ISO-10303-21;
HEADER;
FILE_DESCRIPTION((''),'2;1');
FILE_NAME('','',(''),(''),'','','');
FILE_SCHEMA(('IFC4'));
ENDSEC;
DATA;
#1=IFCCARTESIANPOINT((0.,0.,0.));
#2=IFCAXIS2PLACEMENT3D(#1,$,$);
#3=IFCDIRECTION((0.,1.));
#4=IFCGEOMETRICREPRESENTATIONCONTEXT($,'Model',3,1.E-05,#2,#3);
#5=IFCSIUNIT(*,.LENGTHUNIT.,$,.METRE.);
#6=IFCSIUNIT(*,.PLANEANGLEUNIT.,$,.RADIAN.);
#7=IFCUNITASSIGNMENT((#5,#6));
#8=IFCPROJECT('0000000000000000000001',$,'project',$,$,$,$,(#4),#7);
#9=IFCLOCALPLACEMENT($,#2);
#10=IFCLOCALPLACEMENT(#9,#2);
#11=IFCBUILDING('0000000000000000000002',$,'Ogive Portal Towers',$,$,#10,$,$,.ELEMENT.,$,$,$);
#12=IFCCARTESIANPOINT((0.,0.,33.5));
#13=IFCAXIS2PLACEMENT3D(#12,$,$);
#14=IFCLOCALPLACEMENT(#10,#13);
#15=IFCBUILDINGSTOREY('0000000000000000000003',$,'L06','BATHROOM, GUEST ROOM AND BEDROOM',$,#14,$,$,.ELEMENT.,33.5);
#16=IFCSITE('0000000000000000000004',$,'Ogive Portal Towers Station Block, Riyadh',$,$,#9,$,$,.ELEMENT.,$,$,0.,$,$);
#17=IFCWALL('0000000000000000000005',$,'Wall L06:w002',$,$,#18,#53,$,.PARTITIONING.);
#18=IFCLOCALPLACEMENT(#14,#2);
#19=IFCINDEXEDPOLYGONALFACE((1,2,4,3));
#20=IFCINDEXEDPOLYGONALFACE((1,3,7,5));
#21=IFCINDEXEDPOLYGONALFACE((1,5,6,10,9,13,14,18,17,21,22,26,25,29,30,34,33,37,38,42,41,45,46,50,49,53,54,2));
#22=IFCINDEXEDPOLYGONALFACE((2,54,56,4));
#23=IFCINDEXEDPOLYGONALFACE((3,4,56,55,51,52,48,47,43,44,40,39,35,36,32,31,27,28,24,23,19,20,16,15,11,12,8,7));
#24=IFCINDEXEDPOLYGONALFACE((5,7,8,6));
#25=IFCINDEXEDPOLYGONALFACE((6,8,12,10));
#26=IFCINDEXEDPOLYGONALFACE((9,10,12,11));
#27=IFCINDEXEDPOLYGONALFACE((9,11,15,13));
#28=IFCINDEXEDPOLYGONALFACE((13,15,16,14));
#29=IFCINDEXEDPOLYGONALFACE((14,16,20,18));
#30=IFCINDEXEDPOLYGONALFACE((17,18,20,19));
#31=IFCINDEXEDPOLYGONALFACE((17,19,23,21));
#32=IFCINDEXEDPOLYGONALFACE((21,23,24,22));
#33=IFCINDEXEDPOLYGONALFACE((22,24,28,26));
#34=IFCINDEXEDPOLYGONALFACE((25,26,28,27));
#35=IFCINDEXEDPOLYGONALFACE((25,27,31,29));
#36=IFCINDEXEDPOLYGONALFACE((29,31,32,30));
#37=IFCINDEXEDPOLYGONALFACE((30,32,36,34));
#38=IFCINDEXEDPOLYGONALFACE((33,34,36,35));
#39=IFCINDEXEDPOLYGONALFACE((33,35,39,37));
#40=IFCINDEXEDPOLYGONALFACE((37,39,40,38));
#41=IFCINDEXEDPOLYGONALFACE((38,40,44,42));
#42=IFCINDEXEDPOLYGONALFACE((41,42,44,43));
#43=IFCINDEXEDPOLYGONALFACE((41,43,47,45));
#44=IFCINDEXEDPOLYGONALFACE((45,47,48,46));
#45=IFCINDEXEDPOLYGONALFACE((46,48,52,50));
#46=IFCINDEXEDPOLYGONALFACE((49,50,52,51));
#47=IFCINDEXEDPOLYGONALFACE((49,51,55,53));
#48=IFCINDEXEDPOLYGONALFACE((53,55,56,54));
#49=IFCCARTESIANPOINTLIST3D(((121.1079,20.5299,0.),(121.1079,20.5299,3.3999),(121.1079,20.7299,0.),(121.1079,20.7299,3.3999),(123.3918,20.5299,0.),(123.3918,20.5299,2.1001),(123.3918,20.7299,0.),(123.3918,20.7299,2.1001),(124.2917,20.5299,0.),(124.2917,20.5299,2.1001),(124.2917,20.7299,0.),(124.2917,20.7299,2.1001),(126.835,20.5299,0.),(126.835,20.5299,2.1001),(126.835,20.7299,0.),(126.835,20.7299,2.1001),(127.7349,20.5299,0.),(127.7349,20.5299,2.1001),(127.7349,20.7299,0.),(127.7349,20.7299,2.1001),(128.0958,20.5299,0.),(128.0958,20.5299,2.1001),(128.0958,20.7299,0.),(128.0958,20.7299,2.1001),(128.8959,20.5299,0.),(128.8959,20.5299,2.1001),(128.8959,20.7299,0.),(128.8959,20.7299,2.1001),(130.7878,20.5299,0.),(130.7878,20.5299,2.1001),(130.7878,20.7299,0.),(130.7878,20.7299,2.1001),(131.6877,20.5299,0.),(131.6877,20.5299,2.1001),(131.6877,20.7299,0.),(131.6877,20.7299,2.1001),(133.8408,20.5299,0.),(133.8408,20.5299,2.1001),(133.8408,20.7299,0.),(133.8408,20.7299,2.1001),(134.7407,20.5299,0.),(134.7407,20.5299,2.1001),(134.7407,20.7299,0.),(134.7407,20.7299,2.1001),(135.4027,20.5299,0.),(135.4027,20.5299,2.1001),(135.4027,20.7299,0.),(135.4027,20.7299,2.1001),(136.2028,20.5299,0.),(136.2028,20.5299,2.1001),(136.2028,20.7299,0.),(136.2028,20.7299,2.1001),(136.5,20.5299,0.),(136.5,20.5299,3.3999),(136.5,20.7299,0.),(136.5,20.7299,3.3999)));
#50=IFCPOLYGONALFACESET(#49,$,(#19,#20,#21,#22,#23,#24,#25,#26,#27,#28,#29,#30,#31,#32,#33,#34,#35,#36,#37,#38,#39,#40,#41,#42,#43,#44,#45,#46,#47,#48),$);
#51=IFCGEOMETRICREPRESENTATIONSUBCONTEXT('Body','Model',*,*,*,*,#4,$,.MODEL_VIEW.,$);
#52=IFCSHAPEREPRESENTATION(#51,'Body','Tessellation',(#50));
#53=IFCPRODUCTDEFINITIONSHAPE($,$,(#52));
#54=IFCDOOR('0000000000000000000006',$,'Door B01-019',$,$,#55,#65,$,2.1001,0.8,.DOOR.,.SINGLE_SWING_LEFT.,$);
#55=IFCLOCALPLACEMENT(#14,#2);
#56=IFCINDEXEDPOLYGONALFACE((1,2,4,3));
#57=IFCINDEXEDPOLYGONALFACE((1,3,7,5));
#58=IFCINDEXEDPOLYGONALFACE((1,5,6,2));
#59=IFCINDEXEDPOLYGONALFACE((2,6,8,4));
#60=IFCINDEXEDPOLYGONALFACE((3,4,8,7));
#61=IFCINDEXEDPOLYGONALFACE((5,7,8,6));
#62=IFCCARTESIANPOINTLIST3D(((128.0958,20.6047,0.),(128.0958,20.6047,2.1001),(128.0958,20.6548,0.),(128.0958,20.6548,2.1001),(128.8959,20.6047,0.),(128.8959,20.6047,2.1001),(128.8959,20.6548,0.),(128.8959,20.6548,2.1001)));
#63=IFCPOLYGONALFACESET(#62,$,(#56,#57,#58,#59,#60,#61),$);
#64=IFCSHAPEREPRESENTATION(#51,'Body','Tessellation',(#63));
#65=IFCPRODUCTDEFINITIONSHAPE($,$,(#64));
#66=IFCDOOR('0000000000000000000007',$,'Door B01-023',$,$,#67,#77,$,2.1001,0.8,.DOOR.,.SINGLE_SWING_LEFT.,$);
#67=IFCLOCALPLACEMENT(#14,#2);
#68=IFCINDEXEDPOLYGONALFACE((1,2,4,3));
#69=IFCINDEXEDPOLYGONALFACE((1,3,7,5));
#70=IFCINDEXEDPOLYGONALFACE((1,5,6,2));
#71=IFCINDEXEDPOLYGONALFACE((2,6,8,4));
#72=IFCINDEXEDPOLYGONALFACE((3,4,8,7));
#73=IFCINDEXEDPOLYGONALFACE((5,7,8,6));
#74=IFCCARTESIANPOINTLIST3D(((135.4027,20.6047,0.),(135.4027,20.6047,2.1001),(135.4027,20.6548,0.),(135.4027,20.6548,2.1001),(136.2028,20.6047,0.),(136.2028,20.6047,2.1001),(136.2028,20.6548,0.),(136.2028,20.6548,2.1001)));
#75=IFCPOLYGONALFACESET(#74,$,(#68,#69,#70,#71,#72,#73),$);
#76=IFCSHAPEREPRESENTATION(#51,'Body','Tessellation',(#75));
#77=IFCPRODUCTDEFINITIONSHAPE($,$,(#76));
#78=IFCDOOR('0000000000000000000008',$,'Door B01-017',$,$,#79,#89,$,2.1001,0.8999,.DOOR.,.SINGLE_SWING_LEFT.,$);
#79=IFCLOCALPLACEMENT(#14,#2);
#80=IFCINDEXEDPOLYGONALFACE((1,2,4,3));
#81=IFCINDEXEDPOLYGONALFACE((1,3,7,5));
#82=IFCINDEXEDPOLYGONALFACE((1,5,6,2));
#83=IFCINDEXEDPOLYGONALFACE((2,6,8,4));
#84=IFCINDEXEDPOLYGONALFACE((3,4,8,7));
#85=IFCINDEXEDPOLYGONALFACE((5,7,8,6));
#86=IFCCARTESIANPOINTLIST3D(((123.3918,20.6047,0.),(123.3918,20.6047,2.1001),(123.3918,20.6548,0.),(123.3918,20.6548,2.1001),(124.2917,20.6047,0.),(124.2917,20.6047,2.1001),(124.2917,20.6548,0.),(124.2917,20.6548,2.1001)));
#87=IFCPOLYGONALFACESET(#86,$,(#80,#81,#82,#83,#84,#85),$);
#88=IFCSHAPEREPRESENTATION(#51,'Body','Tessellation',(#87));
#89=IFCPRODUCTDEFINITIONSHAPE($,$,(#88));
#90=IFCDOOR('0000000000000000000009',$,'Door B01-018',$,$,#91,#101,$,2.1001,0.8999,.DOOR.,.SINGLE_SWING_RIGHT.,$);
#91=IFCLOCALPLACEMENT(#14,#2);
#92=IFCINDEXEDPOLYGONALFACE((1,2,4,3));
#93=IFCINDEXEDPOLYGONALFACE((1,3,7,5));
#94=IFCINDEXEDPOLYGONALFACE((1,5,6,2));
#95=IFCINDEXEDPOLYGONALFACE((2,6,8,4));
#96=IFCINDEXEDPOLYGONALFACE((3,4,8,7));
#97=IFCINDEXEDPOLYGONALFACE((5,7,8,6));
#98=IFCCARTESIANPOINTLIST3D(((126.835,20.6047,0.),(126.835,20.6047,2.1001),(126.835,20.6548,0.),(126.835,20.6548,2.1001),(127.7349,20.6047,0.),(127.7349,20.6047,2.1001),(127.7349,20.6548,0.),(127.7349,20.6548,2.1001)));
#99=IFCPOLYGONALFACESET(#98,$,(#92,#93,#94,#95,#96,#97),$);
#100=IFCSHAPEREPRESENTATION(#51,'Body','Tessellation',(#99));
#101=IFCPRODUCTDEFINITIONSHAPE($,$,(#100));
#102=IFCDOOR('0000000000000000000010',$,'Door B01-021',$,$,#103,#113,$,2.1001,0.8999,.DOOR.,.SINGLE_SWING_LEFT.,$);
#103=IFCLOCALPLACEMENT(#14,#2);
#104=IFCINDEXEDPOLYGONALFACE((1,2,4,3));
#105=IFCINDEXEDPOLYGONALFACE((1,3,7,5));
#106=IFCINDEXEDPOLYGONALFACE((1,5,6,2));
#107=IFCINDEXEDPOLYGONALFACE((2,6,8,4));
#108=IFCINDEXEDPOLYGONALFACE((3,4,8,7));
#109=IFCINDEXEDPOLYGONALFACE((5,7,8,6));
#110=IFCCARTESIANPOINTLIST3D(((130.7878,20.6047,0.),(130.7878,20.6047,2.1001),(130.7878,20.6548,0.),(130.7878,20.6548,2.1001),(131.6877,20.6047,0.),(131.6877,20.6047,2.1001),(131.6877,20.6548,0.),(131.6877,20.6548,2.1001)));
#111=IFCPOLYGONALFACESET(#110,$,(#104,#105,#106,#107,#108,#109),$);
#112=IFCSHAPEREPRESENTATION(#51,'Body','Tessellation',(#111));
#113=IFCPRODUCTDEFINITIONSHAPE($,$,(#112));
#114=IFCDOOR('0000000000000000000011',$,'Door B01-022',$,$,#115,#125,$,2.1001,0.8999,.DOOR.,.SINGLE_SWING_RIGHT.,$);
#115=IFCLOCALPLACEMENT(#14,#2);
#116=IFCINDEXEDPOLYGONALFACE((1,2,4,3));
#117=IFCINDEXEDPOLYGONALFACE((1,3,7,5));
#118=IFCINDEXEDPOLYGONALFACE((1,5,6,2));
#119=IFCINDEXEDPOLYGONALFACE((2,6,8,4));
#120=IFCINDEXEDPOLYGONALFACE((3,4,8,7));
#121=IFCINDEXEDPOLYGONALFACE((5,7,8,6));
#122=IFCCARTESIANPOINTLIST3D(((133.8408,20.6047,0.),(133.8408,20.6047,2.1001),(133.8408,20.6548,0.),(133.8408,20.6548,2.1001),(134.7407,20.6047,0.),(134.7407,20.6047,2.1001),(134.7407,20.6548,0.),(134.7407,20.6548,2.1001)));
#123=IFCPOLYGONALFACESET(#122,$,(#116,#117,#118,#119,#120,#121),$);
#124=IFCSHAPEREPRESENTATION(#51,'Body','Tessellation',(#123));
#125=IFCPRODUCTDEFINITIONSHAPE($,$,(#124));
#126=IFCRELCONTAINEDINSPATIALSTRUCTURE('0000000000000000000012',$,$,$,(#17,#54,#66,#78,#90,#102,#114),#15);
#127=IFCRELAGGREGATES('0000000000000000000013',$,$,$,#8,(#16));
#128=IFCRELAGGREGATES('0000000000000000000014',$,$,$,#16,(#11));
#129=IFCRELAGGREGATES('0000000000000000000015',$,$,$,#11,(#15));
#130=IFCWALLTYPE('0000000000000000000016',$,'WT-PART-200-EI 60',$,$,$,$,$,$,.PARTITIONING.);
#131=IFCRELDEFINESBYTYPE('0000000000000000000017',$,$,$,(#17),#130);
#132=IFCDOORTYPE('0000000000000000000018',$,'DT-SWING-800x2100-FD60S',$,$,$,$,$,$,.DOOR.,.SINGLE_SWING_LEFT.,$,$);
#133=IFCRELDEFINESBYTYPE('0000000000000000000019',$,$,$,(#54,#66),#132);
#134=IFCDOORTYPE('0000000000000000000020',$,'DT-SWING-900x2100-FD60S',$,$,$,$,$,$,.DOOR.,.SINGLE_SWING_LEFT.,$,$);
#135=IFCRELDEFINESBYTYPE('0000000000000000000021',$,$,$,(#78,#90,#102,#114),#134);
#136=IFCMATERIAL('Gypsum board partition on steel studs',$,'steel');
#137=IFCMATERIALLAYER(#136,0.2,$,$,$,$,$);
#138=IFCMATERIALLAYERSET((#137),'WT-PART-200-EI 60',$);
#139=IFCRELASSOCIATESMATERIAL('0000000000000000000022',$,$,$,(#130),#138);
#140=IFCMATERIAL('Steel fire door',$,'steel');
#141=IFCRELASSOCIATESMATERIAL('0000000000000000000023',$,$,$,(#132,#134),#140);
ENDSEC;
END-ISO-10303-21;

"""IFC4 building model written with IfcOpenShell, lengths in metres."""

from ifc_helpers import new_model, si_unit, direction, frame, frame_2d, origin, place, context, subcontext, project, spatial, rectangle, extrude, material, layer, layer_set, type_object, element, fill, save


model = new_model("IFC4")

# Units and contexts
model_context = context("Model", 3, precision=1e-05, world=origin(), true_north=direction((0.0, 1.0)))
body_context = subcontext(model_context, "Body", "Model", "MODEL_VIEW")
ifc_project = project(units=[si_unit("LENGTHUNIT", "METRE"), si_unit("PLANEANGLEUNIT", "RADIAN")], contexts=[model_context])

# Site, building, storey
site_placement = place(None, origin())
site = spatial("IfcSite", under=ifc_project, at=site_placement, Name="Ogive Portal Towers Station Block, Riyadh", CompositionType="ELEMENT", RefElevation=0.0)
building_placement = place(site_placement, origin())
building = spatial("IfcBuilding", under=site, at=building_placement, Name="Ogive Portal Towers", CompositionType="ELEMENT")
storey_placement = place(building_placement, frame((0.0, 0.0, 33.5)))
storey = spatial("IfcBuildingStorey", under=building, at=storey_placement, Name="L06", Description="BATHROOM, GUEST ROOM AND BEDROOM", CompositionType="ELEMENT", Elevation=33.5)

# Shared definitions
ifc_material_1 = material(Name="Steel fire door", Category="steel")

# Wall, openings, doors
ifc_material_2 = material(Name="Gypsum board partition on steel studs", Category="steel")
ifc_layer_1 = layer(ifc_material_2, 0.2)
ifc_layer_set_1 = layer_set([ifc_layer_1], Name="WT-PART-200-EI 60")
wall_type_1 = type_object("IfcWallType", Name="WT-PART-200-EI 60", PredefinedType="PARTITIONING", material=ifc_layer_set_1)
wall_1_placement = place(storey_placement, frame((121.1079, 20.6299, 0.0), z_axis=(0.0, 0.0, 1.0), x_axis=(1.0, 0.0, 0.0)))
wall_1 = element("IfcWall", 1, at=wall_1_placement, inside=storey, type_object=wall_type_1, Name="Wall L06:w002", PredefinedType="PARTITIONING", context=body_context, shape_type="SweptSolid", body=[
    extrude(rectangle(XDim=15.3921, YDim=0.2, at=frame_2d((7.696, 0.0))), origin(), (0.0, 0.0, 1.0), 3.3999),
])
opening_1_placement = place(wall_1_placement, frame((2.2839, 0.0, 0.0)))
opening_1 = element("IfcOpeningElement", 2, at=opening_1_placement, cuts=wall_1, PredefinedType="OPENING", context=body_context, shape_type="SweptSolid", body=[
    extrude(rectangle(XDim=0.8999, YDim=2.1001, at=frame_2d((0.45, 1.05))), frame((0.0, 0.1099, 0.0), z_axis=(0.0, -1.0, 0.0), x_axis=(1.0, 0.0, 0.0)), (0.0, 0.0, 1.0), 0.22),
])
opening_2_placement = place(wall_1_placement, frame((5.7271, 0.0, 0.0)))
opening_2 = element("IfcOpeningElement", 3, at=opening_2_placement, cuts=wall_1, PredefinedType="OPENING", context=body_context, shape_type="SweptSolid", body=[
    extrude(rectangle(XDim=0.8999, YDim=2.1001, at=frame_2d((0.45, 1.05))), frame((0.0, 0.1099, 0.0), z_axis=(0.0, -1.0, 0.0), x_axis=(1.0, 0.0, 0.0)), (0.0, 0.0, 1.0), 0.22),
])
opening_3_placement = place(wall_1_placement, frame((6.988, 0.0, 0.0)))
opening_3 = element("IfcOpeningElement", 4, at=opening_3_placement, cuts=wall_1, PredefinedType="OPENING", context=body_context, shape_type="SweptSolid", body=[
    extrude(rectangle(XDim=0.8, YDim=2.1001, at=frame_2d((0.3999, 1.05))), frame((0.0, 0.1099, 0.0), z_axis=(0.0, -1.0, 0.0), x_axis=(1.0, 0.0, 0.0)), (0.0, 0.0, 1.0), 0.22),
])
opening_4_placement = place(wall_1_placement, frame((9.6799, 0.0, 0.0)))
opening_4 = element("IfcOpeningElement", 5, at=opening_4_placement, cuts=wall_1, PredefinedType="OPENING", context=body_context, shape_type="SweptSolid", body=[
    extrude(rectangle(XDim=0.8999, YDim=2.1001, at=frame_2d((0.45, 1.05))), frame((0.0, 0.1099, 0.0), z_axis=(0.0, -1.0, 0.0), x_axis=(1.0, 0.0, 0.0)), (0.0, 0.0, 1.0), 0.22),
])
opening_5_placement = place(wall_1_placement, frame((12.7329, 0.0, 0.0)))
opening_5 = element("IfcOpeningElement", 6, at=opening_5_placement, cuts=wall_1, PredefinedType="OPENING", context=body_context, shape_type="SweptSolid", body=[
    extrude(rectangle(XDim=0.8999, YDim=2.1001, at=frame_2d((0.45, 1.05))), frame((0.0, 0.1099, 0.0), z_axis=(0.0, -1.0, 0.0), x_axis=(1.0, 0.0, 0.0)), (0.0, 0.0, 1.0), 0.22),
])
opening_6_placement = place(wall_1_placement, frame((14.2949, 0.0, 0.0)))
opening_6 = element("IfcOpeningElement", 7, at=opening_6_placement, cuts=wall_1, PredefinedType="OPENING", context=body_context, shape_type="SweptSolid", body=[
    extrude(rectangle(XDim=0.8, YDim=2.1001, at=frame_2d((0.3999, 1.05))), frame((0.0, 0.1099, 0.0), z_axis=(0.0, -1.0, 0.0), x_axis=(1.0, 0.0, 0.0)), (0.0, 0.0, 1.0), 0.22),
])
door_type_1 = type_object("IfcDoorType", Name="DT-SWING-800x2100-FD60S", OperationType="SINGLE_SWING_LEFT", PredefinedType="DOOR", material=ifc_material_1)
door_1_placement = place(opening_3_placement, origin())
door_1 = element("IfcDoor", 8, at=door_1_placement, inside=storey, type_object=door_type_1, Name="Door B01-019", OperationType="SINGLE_SWING_LEFT", OverallHeight=2.1001, OverallWidth=0.8, PredefinedType="DOOR", context=body_context, shape_type="SweptSolid", body=[
    extrude(rectangle(XDim=0.8, YDim=2.1001, at=frame_2d((0.3999, 1.05))), frame((0.0, 0.0249, 0.0), z_axis=(0.0, -1.0, 0.0), x_axis=(1.0, 0.0, 0.0)), (0.0, 0.0, 1.0), 0.05),
])
fill(opening_3, door_1)
door_2_placement = place(opening_6_placement, origin())
door_2 = element("IfcDoor", 9, at=door_2_placement, inside=storey, type_object=door_type_1, Name="Door B01-023", OperationType="SINGLE_SWING_LEFT", OverallHeight=2.1001, OverallWidth=0.8, PredefinedType="DOOR", context=body_context, shape_type="SweptSolid", body=[
    extrude(rectangle(XDim=0.8, YDim=2.1001, at=frame_2d((0.3999, 1.05))), frame((0.0, 0.0249, 0.0), z_axis=(0.0, -1.0, 0.0), x_axis=(1.0, 0.0, 0.0)), (0.0, 0.0, 1.0), 0.05),
])
fill(opening_6, door_2)
door_type_2 = type_object("IfcDoorType", Name="DT-SWING-900x2100-FD60S", OperationType="SINGLE_SWING_LEFT", PredefinedType="DOOR", material=ifc_material_1)
door_3_placement = place(opening_1_placement, origin())
door_3 = element("IfcDoor", 10, at=door_3_placement, inside=storey, type_object=door_type_2, Name="Door B01-017", OperationType="SINGLE_SWING_LEFT", OverallHeight=2.1001, OverallWidth=0.8999, PredefinedType="DOOR", context=body_context, shape_type="SweptSolid", body=[
    extrude(rectangle(XDim=0.8999, YDim=2.1001, at=frame_2d((0.45, 1.05))), frame((0.0, 0.0249, 0.0), z_axis=(0.0, -1.0, 0.0), x_axis=(1.0, 0.0, 0.0)), (0.0, 0.0, 1.0), 0.05),
])
fill(opening_1, door_3)
door_4_placement = place(opening_2_placement, origin())
door_4 = element("IfcDoor", 11, at=door_4_placement, inside=storey, type_object=door_type_2, Name="Door B01-018", OperationType="SINGLE_SWING_RIGHT", OverallHeight=2.1001, OverallWidth=0.8999, PredefinedType="DOOR", context=body_context, shape_type="SweptSolid", body=[
    extrude(rectangle(XDim=0.8999, YDim=2.1001, at=frame_2d((0.45, 1.05))), frame((0.0, 0.0249, 0.0), z_axis=(0.0, -1.0, 0.0), x_axis=(1.0, 0.0, 0.0)), (0.0, 0.0, 1.0), 0.05),
])
fill(opening_2, door_4)
door_5_placement = place(opening_4_placement, origin())
door_5 = element("IfcDoor", 12, at=door_5_placement, inside=storey, type_object=door_type_2, Name="Door B01-021", OperationType="SINGLE_SWING_LEFT", OverallHeight=2.1001, OverallWidth=0.8999, PredefinedType="DOOR", context=body_context, shape_type="SweptSolid", body=[
    extrude(rectangle(XDim=0.8999, YDim=2.1001, at=frame_2d((0.45, 1.05))), frame((0.0, 0.0249, 0.0), z_axis=(0.0, -1.0, 0.0), x_axis=(1.0, 0.0, 0.0)), (0.0, 0.0, 1.0), 0.05),
])
fill(opening_4, door_5)
door_6_placement = place(opening_5_placement, origin())
door_6 = element("IfcDoor", 13, at=door_6_placement, inside=storey, type_object=door_type_2, Name="Door B01-022", OperationType="SINGLE_SWING_RIGHT", OverallHeight=2.1001, OverallWidth=0.8999, PredefinedType="DOOR", context=body_context, shape_type="SweptSolid", body=[
    extrude(rectangle(XDim=0.8999, YDim=2.1001, at=frame_2d((0.45, 1.05))), frame((0.0, 0.0249, 0.0), z_axis=(0.0, -1.0, 0.0), x_axis=(1.0, 0.0, 0.0)), (0.0, 0.0, 1.0), 0.05),
])
fill(opening_5, door_6)

save(model, "model.ifc")
